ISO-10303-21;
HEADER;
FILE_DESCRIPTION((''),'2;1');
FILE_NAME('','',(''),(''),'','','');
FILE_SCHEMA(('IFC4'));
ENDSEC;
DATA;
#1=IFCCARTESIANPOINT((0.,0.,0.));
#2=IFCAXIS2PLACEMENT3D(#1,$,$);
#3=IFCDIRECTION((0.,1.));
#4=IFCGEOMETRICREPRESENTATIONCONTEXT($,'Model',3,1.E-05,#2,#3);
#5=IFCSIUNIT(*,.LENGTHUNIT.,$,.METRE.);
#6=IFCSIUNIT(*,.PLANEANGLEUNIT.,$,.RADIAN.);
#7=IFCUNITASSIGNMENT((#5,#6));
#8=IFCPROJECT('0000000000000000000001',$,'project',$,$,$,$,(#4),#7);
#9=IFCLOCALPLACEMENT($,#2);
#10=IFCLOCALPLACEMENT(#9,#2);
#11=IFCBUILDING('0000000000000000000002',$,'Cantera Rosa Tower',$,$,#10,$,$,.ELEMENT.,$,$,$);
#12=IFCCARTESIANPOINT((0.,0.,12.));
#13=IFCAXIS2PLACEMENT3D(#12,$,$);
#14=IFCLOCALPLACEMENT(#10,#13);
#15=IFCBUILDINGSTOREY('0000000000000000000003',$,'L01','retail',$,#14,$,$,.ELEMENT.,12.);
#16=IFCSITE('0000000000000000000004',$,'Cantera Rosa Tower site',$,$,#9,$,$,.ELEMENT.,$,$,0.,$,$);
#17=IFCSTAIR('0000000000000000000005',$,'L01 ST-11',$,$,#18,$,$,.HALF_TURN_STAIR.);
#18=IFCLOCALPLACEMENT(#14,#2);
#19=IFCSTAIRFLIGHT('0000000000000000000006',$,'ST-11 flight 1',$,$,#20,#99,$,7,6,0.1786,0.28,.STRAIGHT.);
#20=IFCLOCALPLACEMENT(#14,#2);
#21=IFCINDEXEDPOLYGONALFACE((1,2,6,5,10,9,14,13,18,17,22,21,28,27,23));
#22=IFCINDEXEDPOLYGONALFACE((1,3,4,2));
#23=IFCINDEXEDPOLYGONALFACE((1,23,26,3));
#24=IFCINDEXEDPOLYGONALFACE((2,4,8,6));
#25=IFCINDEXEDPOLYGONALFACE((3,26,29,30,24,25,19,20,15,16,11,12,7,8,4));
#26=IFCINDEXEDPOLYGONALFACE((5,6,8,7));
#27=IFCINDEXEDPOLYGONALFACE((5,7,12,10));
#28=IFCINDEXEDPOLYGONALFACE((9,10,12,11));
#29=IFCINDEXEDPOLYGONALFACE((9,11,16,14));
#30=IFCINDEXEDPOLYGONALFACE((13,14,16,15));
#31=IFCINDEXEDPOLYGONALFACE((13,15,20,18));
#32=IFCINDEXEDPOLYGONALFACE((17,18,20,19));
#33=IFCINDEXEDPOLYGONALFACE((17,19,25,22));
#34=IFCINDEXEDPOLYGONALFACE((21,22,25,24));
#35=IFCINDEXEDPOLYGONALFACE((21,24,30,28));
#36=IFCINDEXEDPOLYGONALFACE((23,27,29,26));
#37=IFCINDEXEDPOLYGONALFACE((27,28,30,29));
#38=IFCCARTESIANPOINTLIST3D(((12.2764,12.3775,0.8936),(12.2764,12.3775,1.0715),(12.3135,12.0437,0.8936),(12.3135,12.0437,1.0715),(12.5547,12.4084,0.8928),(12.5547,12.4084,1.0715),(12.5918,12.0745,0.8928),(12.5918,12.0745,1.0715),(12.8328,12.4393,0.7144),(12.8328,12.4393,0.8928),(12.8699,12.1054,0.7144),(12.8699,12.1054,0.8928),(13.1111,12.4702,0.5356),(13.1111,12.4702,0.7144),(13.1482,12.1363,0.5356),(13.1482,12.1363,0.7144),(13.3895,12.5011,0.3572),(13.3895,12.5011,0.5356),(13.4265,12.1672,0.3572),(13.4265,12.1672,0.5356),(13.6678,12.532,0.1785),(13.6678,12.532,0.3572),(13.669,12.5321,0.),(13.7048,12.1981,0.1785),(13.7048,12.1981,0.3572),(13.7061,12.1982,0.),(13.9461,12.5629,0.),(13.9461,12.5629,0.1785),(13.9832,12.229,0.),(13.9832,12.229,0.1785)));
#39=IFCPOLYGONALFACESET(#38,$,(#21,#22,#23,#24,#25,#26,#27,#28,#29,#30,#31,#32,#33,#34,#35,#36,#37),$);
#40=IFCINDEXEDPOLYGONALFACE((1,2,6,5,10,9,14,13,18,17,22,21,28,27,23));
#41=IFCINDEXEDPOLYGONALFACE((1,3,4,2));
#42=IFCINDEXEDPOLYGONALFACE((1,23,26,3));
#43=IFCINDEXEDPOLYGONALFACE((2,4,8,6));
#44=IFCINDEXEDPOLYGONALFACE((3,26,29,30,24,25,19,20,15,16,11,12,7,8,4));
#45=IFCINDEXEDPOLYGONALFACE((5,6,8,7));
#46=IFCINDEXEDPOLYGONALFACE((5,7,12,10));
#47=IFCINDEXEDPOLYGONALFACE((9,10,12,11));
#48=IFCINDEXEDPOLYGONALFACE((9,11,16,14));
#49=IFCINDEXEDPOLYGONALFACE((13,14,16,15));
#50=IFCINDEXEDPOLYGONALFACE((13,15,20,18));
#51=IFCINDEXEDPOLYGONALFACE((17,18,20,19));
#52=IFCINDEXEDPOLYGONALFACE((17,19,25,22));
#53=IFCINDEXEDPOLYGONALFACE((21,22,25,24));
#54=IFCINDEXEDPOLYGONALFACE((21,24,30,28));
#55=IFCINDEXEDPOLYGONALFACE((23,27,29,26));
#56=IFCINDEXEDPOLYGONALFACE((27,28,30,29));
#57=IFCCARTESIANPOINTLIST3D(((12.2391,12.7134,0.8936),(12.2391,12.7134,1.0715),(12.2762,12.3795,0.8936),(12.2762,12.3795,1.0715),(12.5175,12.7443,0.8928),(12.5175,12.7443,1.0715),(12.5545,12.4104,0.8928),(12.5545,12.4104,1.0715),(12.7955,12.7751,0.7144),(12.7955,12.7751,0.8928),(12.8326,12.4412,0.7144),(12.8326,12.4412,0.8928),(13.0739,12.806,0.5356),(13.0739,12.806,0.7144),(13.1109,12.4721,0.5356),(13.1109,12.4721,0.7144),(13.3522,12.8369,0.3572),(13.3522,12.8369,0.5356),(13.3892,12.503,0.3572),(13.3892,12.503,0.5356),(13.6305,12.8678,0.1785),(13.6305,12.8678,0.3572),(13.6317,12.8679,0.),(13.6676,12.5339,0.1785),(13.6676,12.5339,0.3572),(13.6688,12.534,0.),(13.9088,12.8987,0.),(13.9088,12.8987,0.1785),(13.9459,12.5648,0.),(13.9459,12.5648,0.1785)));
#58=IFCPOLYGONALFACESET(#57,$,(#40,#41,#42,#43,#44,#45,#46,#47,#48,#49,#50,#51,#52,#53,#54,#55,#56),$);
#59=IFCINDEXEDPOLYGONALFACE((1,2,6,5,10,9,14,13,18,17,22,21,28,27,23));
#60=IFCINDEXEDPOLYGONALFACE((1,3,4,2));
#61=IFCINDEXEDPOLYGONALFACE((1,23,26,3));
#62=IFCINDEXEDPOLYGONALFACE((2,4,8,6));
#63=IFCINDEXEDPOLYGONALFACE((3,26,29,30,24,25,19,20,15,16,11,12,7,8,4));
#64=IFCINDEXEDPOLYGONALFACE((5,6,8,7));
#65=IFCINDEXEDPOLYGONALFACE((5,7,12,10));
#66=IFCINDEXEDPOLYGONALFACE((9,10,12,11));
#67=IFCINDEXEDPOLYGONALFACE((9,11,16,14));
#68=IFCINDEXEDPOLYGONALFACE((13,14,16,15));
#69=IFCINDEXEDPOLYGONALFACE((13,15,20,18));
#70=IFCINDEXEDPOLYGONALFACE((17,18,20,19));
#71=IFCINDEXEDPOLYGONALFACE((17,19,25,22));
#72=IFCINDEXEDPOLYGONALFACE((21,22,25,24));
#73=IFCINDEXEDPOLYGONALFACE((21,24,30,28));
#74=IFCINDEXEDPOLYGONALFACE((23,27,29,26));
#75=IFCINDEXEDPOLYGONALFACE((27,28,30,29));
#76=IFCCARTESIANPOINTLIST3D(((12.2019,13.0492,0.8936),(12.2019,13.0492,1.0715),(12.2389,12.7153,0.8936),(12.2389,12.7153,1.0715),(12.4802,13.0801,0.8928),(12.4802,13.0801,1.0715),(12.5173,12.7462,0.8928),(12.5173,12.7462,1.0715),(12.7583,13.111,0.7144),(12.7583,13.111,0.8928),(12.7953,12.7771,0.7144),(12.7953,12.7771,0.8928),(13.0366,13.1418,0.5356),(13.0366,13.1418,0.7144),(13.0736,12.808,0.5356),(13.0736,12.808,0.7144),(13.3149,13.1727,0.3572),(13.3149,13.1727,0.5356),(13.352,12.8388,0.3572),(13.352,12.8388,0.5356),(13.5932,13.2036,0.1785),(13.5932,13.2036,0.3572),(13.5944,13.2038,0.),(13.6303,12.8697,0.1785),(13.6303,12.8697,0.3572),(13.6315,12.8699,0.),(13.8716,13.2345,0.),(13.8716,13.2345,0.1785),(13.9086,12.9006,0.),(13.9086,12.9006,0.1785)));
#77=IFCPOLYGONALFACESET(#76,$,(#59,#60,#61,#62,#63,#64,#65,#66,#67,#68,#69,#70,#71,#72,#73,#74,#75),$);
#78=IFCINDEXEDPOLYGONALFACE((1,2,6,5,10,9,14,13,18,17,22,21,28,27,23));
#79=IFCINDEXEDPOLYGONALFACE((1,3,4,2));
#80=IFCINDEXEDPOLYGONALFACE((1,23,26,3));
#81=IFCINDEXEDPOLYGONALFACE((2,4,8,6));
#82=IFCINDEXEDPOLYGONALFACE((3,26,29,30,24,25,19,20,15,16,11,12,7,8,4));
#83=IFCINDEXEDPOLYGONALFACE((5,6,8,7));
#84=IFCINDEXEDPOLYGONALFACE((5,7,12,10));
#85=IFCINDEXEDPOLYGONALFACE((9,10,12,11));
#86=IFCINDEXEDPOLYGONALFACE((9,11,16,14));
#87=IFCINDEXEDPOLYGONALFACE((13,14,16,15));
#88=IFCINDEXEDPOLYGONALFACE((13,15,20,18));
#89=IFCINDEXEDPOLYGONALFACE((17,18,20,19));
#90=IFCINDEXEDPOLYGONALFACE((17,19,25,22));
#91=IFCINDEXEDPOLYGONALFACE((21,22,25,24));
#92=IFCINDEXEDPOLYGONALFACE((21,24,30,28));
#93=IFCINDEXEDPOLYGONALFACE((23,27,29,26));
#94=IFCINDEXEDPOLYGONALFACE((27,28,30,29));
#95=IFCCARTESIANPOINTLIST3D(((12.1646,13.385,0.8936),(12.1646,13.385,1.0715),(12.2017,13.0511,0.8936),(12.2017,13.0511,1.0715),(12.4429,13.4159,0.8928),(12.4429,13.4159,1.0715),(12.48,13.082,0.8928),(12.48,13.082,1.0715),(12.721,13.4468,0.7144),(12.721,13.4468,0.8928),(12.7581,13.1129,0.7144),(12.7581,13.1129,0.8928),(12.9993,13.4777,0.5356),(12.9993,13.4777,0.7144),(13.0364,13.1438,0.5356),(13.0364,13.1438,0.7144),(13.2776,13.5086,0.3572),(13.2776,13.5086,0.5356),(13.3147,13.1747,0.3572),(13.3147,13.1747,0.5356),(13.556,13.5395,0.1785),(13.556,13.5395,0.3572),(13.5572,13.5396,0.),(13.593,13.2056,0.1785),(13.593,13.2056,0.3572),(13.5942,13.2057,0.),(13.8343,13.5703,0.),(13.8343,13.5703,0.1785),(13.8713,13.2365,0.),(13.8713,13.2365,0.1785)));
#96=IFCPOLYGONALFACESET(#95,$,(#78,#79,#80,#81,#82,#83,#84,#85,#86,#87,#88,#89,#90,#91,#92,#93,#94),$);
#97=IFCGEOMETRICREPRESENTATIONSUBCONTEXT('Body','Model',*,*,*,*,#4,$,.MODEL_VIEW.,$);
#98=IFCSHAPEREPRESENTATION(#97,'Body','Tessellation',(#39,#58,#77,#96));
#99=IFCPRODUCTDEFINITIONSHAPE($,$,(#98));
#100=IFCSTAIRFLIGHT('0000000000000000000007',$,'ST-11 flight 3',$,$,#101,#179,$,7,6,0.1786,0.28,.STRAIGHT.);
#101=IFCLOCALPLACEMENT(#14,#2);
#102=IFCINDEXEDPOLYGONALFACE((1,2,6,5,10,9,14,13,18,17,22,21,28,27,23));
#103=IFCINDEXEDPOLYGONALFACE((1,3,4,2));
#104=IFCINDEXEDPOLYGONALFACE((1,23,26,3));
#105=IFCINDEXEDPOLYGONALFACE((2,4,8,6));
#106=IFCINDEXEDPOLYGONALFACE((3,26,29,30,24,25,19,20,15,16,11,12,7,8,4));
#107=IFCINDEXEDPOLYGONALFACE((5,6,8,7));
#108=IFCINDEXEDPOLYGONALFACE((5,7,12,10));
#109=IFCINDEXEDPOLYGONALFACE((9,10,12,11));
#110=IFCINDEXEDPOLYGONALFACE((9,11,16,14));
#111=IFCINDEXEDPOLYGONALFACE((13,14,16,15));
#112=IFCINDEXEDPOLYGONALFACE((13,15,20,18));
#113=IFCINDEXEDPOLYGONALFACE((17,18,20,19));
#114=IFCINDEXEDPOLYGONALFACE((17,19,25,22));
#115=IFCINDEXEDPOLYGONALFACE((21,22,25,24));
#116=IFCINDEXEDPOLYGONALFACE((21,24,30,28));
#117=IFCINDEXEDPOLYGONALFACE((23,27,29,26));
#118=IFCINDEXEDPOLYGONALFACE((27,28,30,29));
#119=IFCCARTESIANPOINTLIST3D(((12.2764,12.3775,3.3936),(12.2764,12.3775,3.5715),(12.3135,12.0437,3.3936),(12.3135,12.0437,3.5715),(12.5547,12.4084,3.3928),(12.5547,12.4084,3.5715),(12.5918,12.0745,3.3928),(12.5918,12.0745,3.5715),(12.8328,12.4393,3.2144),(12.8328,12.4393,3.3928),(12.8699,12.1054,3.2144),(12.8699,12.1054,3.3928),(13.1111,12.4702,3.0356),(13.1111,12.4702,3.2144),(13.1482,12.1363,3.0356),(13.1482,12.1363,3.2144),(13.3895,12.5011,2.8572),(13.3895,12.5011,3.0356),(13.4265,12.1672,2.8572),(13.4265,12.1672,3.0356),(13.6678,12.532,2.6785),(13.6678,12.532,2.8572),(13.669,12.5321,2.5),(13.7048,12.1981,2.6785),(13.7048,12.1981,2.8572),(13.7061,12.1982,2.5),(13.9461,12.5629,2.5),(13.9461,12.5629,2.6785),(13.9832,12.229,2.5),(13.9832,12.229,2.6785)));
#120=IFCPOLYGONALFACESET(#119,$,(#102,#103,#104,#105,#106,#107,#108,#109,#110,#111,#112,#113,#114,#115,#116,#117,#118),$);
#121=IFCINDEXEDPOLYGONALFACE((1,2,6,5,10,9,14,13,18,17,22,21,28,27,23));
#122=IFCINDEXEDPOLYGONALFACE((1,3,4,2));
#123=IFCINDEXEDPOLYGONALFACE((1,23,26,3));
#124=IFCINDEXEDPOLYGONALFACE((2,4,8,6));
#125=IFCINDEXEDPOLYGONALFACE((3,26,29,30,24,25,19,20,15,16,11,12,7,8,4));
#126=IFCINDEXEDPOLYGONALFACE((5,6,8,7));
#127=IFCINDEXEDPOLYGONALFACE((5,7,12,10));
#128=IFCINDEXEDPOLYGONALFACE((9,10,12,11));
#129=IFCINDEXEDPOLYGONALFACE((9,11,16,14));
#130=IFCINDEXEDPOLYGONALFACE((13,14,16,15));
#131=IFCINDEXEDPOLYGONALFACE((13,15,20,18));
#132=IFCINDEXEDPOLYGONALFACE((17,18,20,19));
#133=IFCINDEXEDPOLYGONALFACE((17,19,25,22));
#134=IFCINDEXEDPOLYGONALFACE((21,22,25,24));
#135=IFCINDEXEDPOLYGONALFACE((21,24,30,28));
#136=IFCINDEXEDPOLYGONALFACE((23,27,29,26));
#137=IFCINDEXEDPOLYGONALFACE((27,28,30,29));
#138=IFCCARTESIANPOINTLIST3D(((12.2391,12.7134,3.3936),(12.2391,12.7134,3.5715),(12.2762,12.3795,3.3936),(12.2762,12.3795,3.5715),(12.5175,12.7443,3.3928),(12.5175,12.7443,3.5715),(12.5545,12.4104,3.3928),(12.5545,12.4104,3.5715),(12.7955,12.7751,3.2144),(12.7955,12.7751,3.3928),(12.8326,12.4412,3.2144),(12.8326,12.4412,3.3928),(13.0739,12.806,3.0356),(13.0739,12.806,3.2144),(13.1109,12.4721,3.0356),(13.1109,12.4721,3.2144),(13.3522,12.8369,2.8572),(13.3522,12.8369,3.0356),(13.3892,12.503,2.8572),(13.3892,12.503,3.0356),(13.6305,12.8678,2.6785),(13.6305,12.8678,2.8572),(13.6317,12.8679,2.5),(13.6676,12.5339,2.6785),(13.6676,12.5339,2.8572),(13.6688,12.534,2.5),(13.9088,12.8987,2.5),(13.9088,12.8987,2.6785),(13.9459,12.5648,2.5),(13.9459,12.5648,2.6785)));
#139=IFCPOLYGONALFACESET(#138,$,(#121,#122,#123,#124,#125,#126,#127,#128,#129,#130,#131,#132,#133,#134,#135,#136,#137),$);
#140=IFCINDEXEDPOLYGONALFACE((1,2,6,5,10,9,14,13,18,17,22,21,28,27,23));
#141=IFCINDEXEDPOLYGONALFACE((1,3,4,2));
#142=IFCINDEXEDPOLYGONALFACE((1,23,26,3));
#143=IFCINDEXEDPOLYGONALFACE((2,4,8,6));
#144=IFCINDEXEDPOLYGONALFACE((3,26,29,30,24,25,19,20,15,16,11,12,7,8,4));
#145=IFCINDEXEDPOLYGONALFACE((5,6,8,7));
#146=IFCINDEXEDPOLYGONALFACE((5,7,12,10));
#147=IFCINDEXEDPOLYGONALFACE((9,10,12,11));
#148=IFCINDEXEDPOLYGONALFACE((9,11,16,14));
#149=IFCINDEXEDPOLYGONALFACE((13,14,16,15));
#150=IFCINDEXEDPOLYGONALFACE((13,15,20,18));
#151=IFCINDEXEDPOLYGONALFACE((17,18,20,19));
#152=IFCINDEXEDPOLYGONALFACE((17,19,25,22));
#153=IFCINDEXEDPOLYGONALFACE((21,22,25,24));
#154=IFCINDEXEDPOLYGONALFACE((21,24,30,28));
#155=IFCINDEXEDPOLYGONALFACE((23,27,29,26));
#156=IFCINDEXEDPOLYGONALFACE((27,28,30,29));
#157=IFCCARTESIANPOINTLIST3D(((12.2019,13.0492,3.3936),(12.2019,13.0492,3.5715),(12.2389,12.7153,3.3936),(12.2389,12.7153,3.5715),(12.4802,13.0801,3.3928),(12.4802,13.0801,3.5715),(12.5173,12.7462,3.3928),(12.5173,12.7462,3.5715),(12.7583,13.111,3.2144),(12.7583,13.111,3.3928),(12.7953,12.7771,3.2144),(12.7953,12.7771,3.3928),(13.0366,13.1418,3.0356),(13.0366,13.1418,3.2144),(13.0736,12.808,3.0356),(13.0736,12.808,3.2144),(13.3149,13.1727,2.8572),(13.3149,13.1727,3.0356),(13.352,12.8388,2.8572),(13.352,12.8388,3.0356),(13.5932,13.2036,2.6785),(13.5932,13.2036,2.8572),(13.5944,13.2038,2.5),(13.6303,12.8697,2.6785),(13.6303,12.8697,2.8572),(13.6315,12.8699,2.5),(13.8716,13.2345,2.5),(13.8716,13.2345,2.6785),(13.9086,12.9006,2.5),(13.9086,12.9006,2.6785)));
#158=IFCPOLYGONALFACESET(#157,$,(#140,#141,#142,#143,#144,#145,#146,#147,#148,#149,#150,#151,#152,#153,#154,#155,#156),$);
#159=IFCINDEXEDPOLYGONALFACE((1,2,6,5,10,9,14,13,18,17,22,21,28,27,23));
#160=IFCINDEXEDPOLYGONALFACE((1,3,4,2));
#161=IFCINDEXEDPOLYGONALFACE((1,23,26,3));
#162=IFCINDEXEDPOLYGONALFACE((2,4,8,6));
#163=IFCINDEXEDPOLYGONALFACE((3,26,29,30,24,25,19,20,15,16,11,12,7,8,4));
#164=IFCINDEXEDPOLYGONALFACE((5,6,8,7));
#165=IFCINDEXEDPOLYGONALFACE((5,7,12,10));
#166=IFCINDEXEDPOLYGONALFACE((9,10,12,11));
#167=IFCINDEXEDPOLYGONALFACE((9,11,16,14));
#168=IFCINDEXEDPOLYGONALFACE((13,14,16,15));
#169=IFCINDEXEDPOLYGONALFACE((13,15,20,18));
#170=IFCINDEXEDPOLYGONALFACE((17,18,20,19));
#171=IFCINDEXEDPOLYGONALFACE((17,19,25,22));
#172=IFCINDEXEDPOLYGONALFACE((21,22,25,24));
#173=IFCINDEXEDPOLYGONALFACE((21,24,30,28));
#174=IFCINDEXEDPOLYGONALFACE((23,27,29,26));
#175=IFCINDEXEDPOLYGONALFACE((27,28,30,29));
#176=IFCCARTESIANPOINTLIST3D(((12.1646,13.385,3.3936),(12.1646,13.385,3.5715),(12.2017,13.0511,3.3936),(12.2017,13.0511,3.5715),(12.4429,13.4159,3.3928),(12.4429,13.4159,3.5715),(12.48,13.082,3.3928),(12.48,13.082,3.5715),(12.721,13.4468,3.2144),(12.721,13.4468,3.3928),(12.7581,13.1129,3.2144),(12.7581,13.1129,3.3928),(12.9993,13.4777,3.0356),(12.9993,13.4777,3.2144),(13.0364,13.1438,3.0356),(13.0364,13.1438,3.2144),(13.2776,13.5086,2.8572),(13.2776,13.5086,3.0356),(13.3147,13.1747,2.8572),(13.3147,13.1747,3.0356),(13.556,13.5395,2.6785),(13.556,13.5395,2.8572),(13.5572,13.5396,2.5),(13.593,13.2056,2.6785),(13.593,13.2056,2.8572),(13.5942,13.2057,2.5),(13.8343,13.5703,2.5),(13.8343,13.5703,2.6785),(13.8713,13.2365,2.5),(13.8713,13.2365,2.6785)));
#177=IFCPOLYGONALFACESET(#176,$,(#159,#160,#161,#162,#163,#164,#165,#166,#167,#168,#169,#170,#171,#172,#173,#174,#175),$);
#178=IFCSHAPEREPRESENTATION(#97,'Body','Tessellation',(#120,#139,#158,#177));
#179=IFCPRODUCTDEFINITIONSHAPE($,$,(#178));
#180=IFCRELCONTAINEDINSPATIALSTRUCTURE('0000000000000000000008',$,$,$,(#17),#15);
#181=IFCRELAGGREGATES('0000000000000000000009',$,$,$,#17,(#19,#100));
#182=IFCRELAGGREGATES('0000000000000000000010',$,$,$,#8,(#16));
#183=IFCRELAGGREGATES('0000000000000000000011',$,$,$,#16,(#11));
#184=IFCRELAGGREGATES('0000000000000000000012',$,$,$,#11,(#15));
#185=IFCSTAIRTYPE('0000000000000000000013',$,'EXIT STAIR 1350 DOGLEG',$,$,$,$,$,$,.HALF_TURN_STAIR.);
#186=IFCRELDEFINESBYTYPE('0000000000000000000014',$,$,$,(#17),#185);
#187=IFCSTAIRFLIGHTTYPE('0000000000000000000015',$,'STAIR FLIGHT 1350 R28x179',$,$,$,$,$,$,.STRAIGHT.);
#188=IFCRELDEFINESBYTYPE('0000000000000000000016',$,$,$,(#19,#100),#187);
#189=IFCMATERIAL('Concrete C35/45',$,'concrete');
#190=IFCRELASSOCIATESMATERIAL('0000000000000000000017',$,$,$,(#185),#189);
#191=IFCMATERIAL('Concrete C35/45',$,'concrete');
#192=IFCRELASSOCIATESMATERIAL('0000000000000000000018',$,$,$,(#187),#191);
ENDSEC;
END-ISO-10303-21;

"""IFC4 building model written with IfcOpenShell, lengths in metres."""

from ifc_helpers import new_model, si_unit, direction, frame, origin, place, context, subcontext, project, spatial, polyline, outline, extrude, material, type_object, element, aggregate, save


model = new_model("IFC4")

# Units and contexts
model_context = context("Model", 3, precision=1e-05, world=origin(), true_north=direction((0.0, 1.0)))
body_context = subcontext(model_context, "Body", "Model", "MODEL_VIEW")
ifc_project = project(units=[si_unit("LENGTHUNIT", "METRE"), si_unit("PLANEANGLEUNIT", "RADIAN")], contexts=[model_context])

# Site, building, storey
site_placement = place(None, origin())
site = spatial("IfcSite", under=ifc_project, at=site_placement, Name="Cantera Rosa Tower site", CompositionType="ELEMENT", RefElevation=0.0)
building_placement = place(site_placement, origin())
building = spatial("IfcBuilding", under=site, at=building_placement, Name="Cantera Rosa Tower", CompositionType="ELEMENT")
storey_placement = place(building_placement, frame((0.0, 0.0, 12.0)))
storey = spatial("IfcBuildingStorey", under=building, at=storey_placement, Name="L01", Description="retail", CompositionType="ELEMENT", Elevation=12.0)

# Stair, stair flights
ifc_material_1 = material(Name="Concrete C35/45", Category="concrete")
stair_type = type_object("IfcStairType", Name="EXIT STAIR 1350 DOGLEG", PredefinedType="HALF_TURN_STAIR", material=ifc_material_1)
stair_placement = place(storey_placement, origin())
stair = element("IfcStair", 1, at=stair_placement, inside=storey, type_object=stair_type, Name="L01 ST-11", PredefinedType="HALF_TURN_STAIR")
ifc_material_2 = material(Name="Concrete C35/45", Category="concrete")
stair_flight_type = type_object("IfcStairFlightType", Name="STAIR FLIGHT 1350 R28x179", PredefinedType="STRAIGHT", material=ifc_material_2)
stair_flight_1_placement = place(storey_placement, frame((13.9087, 12.8999, 0.0), z_axis=(0.0, 0.0, 1.0), x_axis=(-0.993897, -0.110313, 0.0)))
stair_flight_1 = element("IfcStairFlight", 2, at=stair_flight_1_placement, type_object=stair_flight_type, Name="ST-11 flight 1", NumberOfRisers=7, NumberOfTreads=6, PredefinedType="STRAIGHT", RiserHeight=0.1786, TreadLength=0.28, context=body_context, shape_type="SweptSolid", body=[
    extrude(outline(polyline([(0.0, 0.0), (0.0, 0.1785), (0.28, 0.1785), (0.28, 0.3572), (0.5601, 0.3572), (0.5601, 0.5356), (0.8401, 0.5356), (0.8401, 0.7144), (1.1201, 0.7144), (1.1201, 0.8928), (1.3999, 0.8928), (1.3999, 1.0715), (1.6799, 1.0715), (1.6799, 1.25), (1.6799, 0.8936), (0.2788, 0.0), (0.0, 0.0)])), frame((0.0, 0.675, 0.0), z_axis=(0.0, -1.0, 0.0), x_axis=(1.0, 0.0, 0.0)), (0.0, 0.0, 1.0), 0.3359),
    extrude(outline(polyline([(0.0, 0.0), (0.0, 0.1785), (0.28, 0.1785), (0.28, 0.3572), (0.5601, 0.3572), (0.5601, 0.5356), (0.8401, 0.5356), (0.8401, 0.7144), (1.1201, 0.7144), (1.1201, 0.8928), (1.3999, 0.8928), (1.3999, 1.0715), (1.6799, 1.0715), (1.6799, 1.25), (1.6799, 0.8936), (0.2788, 0.0), (0.0, 0.0)])), frame((0.0, 0.3372, 0.0), z_axis=(0.0, -1.0, 0.0), x_axis=(1.0, 0.0, 0.0)), (0.0, 0.0, 1.0), 0.3359),
    extrude(outline(polyline([(0.0, 0.0), (0.0, 0.1785), (0.28, 0.1785), (0.28, 0.3572), (0.5601, 0.3572), (0.5601, 0.5356), (0.8401, 0.5356), (0.8401, 0.7144), (1.1201, 0.7144), (1.1201, 0.8928), (1.3999, 0.8928), (1.3999, 1.0715), (1.6799, 1.0715), (1.6799, 1.25), (1.6799, 0.8936), (0.2788, 0.0), (0.0, 0.0)])), frame((0.0, -0.0007, 0.0), z_axis=(0.0, -1.0, 0.0), x_axis=(1.0, 0.0, 0.0)), (0.0, 0.0, 1.0), 0.3359),
    extrude(outline(polyline([(0.0, 0.0), (0.0, 0.1785), (0.28, 0.1785), (0.28, 0.3572), (0.5601, 0.3572), (0.5601, 0.5356), (0.8401, 0.5356), (0.8401, 0.7144), (1.1201, 0.7144), (1.1201, 0.8928), (1.3999, 0.8928), (1.3999, 1.0715), (1.6799, 1.0715), (1.6799, 1.25), (1.6799, 0.8936), (0.2788, 0.0), (0.0, 0.0)])), frame((0.0, -0.3386, 0.0), z_axis=(0.0, -1.0, 0.0), x_axis=(1.0, 0.0, 0.0)), (0.0, 0.0, 1.0), 0.3359),
])
stair_flight_2_placement = place(storey_placement, frame((13.9087, 12.8999, 2.5), z_axis=(0.0, 0.0, 1.0), x_axis=(-0.993897, -0.110313, 0.0)))
stair_flight_2 = element("IfcStairFlight", 3, at=stair_flight_2_placement, type_object=stair_flight_type, Name="ST-11 flight 3", NumberOfRisers=7, NumberOfTreads=6, PredefinedType="STRAIGHT", RiserHeight=0.1786, TreadLength=0.28, context=body_context, shape_type="SweptSolid", body=[
    extrude(outline(polyline([(0.0, 0.0), (0.0, 0.1785), (0.28, 0.1785), (0.28, 0.3572), (0.5601, 0.3572), (0.5601, 0.5356), (0.8401, 0.5356), (0.8401, 0.7144), (1.1201, 0.7144), (1.1201, 0.8928), (1.3999, 0.8928), (1.3999, 1.0715), (1.6799, 1.0715), (1.6799, 1.25), (1.6799, 0.8936), (0.2788, 0.0), (0.0, 0.0)])), frame((0.0, 0.675, 0.0), z_axis=(0.0, -1.0, 0.0), x_axis=(1.0, 0.0, 0.0)), (0.0, 0.0, 1.0), 0.3359),
    extrude(outline(polyline([(0.0, 0.0), (0.0, 0.1785), (0.28, 0.1785), (0.28, 0.3572), (0.5601, 0.3572), (0.5601, 0.5356), (0.8401, 0.5356), (0.8401, 0.7144), (1.1201, 0.7144), (1.1201, 0.8928), (1.3999, 0.8928), (1.3999, 1.0715), (1.6799, 1.0715), (1.6799, 1.25), (1.6799, 0.8936), (0.2788, 0.0), (0.0, 0.0)])), frame((0.0, 0.3372, 0.0), z_axis=(0.0, -1.0, 0.0), x_axis=(1.0, 0.0, 0.0)), (0.0, 0.0, 1.0), 0.3359),
    extrude(outline(polyline([(0.0, 0.0), (0.0, 0.1785), (0.28, 0.1785), (0.28, 0.3572), (0.5601, 0.3572), (0.5601, 0.5356), (0.8401, 0.5356), (0.8401, 0.7144), (1.1201, 0.7144), (1.1201, 0.8928), (1.3999, 0.8928), (1.3999, 1.0715), (1.6799, 1.0715), (1.6799, 1.25), (1.6799, 0.8936), (0.2788, 0.0), (0.0, 0.0)])), frame((0.0, -0.0007, 0.0), z_axis=(0.0, -1.0, 0.0), x_axis=(1.0, 0.0, 0.0)), (0.0, 0.0, 1.0), 0.3359),
    extrude(outline(polyline([(0.0, 0.0), (0.0, 0.1785), (0.28, 0.1785), (0.28, 0.3572), (0.5601, 0.3572), (0.5601, 0.5356), (0.8401, 0.5356), (0.8401, 0.7144), (1.1201, 0.7144), (1.1201, 0.8928), (1.3999, 0.8928), (1.3999, 1.0715), (1.6799, 1.0715), (1.6799, 1.25), (1.6799, 0.8936), (0.2788, 0.0), (0.0, 0.0)])), frame((0.0, -0.3386, 0.0), z_axis=(0.0, -1.0, 0.0), x_axis=(1.0, 0.0, 0.0)), (0.0, 0.0, 1.0), 0.3359),
])
aggregate(stair, [stair_flight_1, stair_flight_2])

save(model, "model.ifc")
